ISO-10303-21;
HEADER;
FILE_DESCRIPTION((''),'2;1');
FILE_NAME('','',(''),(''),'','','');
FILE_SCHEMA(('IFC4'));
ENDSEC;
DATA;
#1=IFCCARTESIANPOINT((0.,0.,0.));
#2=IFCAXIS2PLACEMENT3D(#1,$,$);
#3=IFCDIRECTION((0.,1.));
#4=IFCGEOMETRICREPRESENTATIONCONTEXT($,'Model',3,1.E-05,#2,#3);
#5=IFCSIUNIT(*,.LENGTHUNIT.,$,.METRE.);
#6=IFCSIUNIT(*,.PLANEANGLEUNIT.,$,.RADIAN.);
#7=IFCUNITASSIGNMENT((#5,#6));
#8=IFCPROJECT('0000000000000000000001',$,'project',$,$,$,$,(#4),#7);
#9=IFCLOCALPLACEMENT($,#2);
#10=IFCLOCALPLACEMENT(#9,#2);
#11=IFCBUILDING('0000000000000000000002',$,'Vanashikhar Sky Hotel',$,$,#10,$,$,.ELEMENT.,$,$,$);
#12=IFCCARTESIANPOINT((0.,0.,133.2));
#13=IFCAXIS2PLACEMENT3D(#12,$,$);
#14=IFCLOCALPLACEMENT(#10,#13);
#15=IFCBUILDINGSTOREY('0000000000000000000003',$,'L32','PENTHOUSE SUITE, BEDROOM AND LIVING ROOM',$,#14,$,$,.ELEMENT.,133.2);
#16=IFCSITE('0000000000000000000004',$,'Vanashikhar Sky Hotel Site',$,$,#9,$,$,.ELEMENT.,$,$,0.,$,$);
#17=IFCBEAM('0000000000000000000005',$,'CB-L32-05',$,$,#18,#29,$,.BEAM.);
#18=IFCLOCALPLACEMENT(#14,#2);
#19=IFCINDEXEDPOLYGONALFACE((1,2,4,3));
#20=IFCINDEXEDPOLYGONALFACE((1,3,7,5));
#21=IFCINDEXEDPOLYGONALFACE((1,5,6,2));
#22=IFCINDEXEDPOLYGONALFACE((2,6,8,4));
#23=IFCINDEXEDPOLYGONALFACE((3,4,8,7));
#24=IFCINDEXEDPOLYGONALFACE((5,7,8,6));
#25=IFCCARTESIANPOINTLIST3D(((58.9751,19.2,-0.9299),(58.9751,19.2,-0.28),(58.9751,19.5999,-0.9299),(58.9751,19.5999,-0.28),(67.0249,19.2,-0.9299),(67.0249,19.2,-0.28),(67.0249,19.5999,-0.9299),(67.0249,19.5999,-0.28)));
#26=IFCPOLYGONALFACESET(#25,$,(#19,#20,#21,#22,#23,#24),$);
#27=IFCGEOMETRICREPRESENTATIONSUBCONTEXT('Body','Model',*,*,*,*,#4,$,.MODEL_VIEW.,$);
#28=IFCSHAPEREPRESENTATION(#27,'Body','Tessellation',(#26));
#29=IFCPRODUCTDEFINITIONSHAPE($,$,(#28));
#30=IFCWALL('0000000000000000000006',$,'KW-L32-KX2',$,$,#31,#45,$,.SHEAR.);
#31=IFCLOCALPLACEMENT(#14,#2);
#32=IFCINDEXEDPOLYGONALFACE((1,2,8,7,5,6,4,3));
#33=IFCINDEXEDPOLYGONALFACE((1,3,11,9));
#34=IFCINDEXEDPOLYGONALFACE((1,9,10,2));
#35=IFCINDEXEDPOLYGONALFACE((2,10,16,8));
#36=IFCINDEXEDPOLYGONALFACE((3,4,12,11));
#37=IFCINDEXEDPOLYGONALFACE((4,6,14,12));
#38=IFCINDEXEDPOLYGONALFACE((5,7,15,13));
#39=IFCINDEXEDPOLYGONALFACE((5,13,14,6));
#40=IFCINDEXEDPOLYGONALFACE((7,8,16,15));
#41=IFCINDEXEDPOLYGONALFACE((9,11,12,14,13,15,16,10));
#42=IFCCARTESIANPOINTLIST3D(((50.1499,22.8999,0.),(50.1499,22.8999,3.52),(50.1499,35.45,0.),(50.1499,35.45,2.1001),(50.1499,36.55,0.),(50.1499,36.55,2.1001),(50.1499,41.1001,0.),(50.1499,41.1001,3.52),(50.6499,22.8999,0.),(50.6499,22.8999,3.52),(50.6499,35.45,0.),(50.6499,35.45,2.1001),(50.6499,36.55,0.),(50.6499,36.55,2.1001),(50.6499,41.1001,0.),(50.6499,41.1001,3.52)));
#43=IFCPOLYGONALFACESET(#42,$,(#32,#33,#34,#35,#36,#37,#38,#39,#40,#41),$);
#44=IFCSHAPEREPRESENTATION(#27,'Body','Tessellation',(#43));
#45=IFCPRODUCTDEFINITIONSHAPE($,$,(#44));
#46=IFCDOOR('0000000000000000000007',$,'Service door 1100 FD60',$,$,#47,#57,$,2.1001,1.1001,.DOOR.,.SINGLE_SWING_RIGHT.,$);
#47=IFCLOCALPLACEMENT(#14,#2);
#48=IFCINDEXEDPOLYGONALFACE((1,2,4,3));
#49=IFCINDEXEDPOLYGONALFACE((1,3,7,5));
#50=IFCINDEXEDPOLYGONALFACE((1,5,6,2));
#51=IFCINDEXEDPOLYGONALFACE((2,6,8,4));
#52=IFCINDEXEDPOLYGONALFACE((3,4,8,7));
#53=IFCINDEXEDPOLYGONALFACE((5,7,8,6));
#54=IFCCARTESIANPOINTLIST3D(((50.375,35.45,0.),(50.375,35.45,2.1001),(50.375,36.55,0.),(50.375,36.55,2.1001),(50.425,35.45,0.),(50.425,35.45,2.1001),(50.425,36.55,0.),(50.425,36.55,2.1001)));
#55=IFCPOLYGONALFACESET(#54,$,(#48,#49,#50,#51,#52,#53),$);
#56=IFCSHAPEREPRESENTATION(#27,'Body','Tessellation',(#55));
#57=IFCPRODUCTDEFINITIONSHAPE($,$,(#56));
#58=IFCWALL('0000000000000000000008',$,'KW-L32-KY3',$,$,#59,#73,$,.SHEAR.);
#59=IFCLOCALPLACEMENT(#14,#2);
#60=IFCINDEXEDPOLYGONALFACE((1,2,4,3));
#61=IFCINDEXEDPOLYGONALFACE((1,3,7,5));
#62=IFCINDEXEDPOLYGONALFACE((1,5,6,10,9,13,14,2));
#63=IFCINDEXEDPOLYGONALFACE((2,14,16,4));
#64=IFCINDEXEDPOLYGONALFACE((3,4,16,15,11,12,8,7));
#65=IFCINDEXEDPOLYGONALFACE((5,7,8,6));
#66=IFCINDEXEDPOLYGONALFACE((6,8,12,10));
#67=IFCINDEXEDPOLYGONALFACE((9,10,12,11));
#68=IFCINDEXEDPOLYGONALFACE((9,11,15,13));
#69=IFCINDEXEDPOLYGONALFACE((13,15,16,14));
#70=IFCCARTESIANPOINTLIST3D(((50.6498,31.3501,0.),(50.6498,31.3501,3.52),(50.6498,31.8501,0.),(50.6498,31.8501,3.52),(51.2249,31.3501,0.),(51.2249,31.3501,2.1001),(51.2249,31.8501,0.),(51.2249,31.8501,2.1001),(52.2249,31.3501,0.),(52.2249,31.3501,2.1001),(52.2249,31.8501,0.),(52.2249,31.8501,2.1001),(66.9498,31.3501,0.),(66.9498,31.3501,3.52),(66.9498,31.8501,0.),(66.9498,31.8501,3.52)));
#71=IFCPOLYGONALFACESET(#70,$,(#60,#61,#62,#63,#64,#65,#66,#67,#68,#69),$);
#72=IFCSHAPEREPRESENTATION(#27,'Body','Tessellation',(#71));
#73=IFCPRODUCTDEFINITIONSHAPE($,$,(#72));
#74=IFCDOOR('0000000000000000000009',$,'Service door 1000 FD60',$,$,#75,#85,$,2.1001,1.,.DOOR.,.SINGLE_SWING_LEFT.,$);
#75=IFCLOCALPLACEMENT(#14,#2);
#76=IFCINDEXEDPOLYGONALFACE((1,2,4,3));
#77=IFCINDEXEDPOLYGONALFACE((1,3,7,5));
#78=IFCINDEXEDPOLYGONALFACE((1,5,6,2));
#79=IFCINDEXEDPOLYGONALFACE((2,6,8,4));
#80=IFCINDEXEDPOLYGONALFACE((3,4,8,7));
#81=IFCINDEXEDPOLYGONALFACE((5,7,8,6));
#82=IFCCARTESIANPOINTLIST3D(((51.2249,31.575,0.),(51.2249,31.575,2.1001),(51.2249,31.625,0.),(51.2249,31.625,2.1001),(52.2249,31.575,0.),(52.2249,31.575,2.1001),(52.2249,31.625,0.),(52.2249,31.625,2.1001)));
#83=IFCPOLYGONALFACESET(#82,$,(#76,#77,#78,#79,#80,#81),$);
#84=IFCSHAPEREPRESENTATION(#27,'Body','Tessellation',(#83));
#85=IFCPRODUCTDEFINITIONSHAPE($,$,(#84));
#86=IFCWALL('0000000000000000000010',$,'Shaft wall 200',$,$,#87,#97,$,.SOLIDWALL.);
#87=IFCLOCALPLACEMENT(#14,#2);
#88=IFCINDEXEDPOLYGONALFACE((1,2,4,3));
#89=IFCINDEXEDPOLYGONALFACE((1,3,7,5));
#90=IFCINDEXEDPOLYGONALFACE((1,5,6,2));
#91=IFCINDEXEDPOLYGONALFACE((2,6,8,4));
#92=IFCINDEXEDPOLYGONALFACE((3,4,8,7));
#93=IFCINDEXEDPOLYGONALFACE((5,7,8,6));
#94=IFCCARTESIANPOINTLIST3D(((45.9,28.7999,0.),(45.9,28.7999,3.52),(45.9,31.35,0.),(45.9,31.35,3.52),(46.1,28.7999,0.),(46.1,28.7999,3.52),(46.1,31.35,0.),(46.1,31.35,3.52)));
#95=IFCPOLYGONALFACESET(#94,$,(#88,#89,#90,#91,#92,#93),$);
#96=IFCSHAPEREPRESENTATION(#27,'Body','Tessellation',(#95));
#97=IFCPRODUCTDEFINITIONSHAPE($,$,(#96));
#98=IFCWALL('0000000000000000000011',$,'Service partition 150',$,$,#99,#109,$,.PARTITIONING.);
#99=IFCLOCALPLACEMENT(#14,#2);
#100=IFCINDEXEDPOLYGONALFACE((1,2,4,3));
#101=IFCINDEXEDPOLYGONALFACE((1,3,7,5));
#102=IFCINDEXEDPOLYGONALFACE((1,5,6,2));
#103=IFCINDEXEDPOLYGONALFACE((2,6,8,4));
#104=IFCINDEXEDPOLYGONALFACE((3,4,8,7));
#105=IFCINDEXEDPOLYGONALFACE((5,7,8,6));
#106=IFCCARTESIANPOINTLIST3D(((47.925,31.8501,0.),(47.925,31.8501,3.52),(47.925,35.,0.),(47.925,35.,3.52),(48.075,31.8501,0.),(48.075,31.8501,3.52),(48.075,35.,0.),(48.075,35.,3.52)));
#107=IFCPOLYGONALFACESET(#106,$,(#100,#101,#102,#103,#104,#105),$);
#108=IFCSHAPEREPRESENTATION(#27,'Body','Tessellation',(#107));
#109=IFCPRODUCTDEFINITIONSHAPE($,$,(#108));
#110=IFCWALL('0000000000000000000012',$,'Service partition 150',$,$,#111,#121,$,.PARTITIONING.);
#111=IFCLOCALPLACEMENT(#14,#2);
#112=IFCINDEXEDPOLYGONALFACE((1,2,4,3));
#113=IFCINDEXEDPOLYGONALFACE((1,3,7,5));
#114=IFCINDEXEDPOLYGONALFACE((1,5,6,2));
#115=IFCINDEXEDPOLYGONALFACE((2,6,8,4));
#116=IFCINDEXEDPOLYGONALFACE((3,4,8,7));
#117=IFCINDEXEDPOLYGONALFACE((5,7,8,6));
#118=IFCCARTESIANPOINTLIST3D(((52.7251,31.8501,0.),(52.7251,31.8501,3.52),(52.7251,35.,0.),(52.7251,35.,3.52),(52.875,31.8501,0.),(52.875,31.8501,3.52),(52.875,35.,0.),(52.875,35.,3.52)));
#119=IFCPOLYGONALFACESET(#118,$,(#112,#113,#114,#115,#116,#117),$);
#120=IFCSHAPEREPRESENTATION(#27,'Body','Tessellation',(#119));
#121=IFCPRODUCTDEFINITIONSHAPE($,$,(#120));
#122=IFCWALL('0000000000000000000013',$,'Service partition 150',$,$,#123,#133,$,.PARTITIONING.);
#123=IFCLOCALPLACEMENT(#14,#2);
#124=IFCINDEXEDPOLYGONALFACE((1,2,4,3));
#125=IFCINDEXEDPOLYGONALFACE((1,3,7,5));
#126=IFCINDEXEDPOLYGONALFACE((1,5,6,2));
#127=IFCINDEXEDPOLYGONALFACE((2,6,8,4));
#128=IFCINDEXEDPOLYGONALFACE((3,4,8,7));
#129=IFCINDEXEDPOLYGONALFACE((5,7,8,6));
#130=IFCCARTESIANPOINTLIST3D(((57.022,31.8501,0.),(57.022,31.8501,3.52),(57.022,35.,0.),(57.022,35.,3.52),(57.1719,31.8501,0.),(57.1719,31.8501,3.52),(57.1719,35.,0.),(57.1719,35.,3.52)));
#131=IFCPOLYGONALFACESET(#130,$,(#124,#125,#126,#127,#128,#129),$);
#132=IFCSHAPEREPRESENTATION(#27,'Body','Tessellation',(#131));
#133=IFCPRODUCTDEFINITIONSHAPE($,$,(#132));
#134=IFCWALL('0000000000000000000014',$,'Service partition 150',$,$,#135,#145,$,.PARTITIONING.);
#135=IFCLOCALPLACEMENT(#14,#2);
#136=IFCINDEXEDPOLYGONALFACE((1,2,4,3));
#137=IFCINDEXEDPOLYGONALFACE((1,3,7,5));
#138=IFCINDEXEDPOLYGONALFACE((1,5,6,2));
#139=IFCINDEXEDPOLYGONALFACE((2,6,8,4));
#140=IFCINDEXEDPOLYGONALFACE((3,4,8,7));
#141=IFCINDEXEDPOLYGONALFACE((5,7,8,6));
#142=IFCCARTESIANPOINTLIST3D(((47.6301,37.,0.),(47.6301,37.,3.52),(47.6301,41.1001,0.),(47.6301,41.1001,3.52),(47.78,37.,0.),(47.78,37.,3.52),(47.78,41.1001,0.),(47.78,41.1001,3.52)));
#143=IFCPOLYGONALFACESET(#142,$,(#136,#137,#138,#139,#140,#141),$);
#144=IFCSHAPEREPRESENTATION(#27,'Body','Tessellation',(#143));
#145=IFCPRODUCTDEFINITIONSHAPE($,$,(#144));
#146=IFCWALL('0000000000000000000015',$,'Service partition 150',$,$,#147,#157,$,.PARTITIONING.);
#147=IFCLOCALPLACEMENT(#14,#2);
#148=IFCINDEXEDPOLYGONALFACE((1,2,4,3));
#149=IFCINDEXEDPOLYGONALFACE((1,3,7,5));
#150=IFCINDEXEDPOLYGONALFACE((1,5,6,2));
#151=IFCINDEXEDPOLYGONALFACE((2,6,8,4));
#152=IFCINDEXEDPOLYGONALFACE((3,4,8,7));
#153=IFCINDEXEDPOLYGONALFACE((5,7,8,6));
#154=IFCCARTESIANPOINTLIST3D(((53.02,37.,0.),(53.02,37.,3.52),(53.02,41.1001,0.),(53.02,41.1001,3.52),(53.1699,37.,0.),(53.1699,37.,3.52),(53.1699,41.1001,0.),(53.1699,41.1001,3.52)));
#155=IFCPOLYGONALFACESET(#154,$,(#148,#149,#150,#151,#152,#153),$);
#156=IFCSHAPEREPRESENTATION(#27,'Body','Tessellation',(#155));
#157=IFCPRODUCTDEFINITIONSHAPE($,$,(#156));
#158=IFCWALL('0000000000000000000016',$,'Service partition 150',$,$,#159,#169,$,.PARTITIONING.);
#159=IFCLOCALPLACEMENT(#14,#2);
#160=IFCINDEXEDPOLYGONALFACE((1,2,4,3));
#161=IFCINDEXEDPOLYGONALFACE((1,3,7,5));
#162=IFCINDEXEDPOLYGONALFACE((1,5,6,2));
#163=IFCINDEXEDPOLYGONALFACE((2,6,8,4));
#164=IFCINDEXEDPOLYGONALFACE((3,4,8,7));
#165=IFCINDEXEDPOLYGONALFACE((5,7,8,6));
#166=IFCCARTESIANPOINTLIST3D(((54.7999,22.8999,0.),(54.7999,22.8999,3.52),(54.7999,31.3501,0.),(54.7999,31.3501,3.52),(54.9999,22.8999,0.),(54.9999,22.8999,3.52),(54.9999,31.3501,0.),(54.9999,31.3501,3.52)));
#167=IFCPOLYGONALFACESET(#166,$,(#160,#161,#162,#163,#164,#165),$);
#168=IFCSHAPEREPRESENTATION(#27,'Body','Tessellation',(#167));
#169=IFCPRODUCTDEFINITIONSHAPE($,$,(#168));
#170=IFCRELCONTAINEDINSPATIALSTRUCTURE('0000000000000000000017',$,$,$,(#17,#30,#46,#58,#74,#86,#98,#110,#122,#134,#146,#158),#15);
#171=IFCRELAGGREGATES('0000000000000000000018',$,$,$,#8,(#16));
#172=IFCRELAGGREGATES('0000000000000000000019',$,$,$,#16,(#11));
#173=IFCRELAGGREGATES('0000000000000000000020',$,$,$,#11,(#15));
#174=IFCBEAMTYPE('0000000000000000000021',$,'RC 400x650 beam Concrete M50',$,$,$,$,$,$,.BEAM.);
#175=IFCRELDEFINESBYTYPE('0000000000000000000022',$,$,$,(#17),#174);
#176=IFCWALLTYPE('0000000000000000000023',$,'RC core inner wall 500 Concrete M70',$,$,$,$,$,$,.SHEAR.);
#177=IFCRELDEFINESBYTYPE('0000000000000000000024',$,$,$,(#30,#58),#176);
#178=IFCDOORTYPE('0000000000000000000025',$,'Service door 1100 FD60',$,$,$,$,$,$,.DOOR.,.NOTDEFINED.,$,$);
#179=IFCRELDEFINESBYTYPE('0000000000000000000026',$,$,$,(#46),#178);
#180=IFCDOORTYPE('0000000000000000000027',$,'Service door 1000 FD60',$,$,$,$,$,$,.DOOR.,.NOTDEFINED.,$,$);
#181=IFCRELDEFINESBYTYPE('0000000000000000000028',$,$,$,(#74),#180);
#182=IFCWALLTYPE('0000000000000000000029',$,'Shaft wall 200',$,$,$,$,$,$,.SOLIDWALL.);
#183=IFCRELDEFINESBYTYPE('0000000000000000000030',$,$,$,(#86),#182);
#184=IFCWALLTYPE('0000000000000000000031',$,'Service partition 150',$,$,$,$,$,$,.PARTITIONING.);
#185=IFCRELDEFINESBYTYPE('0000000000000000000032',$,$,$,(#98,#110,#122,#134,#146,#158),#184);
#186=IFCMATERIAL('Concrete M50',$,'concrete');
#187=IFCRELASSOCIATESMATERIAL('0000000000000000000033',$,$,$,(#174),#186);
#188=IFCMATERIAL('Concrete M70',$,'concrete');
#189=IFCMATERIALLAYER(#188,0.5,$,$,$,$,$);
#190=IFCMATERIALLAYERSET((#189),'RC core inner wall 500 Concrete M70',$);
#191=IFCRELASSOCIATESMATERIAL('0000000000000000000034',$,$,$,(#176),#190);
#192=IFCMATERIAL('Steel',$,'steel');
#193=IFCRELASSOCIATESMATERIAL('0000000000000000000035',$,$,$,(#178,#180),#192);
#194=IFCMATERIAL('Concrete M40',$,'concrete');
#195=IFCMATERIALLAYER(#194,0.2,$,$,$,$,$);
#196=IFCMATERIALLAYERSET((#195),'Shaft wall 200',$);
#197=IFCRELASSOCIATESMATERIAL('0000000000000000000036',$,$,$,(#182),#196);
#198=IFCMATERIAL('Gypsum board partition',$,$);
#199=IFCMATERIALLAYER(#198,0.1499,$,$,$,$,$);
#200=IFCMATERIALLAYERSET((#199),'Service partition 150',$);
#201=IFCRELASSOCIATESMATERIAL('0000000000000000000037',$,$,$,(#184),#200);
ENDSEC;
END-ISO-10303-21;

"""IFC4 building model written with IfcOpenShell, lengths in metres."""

from ifc_helpers import new_model, si_unit, direction, frame, frame_2d, origin, origin_2d, place, context, subcontext, project, spatial, rectangle, extrude, source, transform, mapped, material, layer, layer_set, material_profile, profile_set, type_object, element, fill, save


model = new_model("IFC4")

# Units and contexts
model_context = context("Model", 3, precision=1e-05, world=origin(), true_north=direction((0.0, 1.0)))
body_context = subcontext(model_context, "Body", "Model", "MODEL_VIEW")
ifc_project = project(units=[si_unit("LENGTHUNIT", "METRE"), si_unit("PLANEANGLEUNIT", "RADIAN")], contexts=[model_context])

# Site, building, storey
site_placement = place(None, origin())
site = spatial("IfcSite", under=ifc_project, at=site_placement, Name="Vanashikhar Sky Hotel Site", CompositionType="ELEMENT", RefElevation=0.0)
building_placement = place(site_placement, origin())
building = spatial("IfcBuilding", under=site, at=building_placement, Name="Vanashikhar Sky Hotel", CompositionType="ELEMENT")
storey_placement = place(building_placement, frame((0.0, 0.0, 133.2)))
storey = spatial("IfcBuildingStorey", under=building, at=storey_placement, Name="L32", Description="PENTHOUSE SUITE, BEDROOM AND LIVING ROOM", CompositionType="ELEMENT", Elevation=133.2)

# Beam
ifc_material_1 = material(Name="Concrete M50", Category="concrete")
ifc_material_profile = material_profile(ifc_material_1, rectangle(XDim=0.3999, YDim=0.6499, at=origin_2d()))
ifc_profile_set = profile_set([ifc_material_profile], Name="RC 400x650 beam Concrete M50")
beam_type = type_object("IfcBeamType", Name="RC 400x650 beam Concrete M50", PredefinedType="BEAM", material=ifc_profile_set)
shared_shape_1 = source(origin(), body_context, "Body", "SweptSolid", [
    extrude(rectangle(XDim=0.3999, YDim=0.6499, at=origin_2d()), origin(), (0.0, 0.0, 1.0), 8.0498),
])
beam_placement = place(storey_placement, frame((58.9751, 19.3999, -0.605), z_axis=(1.0, 0.0, 0.0), x_axis=(0.0, 1.0, 0.0)))
element("IfcBeam", 1, at=beam_placement, inside=storey, type_object=beam_type, Name="CB-L32-05", PredefinedType="BEAM", context=body_context, shape_type="MappedRepresentation", body=[
    mapped(shared_shape_1, transform((0.0, 0.0, 0.0), scale=1.0)),
])

# Walls, openings, doors
ifc_material_2 = material(Name="Concrete M70", Category="concrete")
ifc_layer_1 = layer(ifc_material_2, 0.5)
ifc_layer_set_1 = layer_set([ifc_layer_1], Name="RC core inner wall 500 Concrete M70")
wall_type_1 = type_object("IfcWallType", Name="RC core inner wall 500 Concrete M70", PredefinedType="SHEAR", material=ifc_layer_set_1)
shared_shape_2 = source(origin(), body_context, "Body", "SweptSolid", [
    extrude(rectangle(XDim=18.2002, YDim=0.5, at=frame_2d((9.1001, 0.0))), origin(), (0.0, 0.0, 1.0), 3.52),
])
wall_1_placement = place(storey_placement, frame((50.3999, 22.8999, 0.0), z_axis=(0.0, 0.0, 1.0), x_axis=(0.0, 1.0, 0.0)))
wall_1 = element("IfcWall", 2, at=wall_1_placement, inside=storey, type_object=wall_type_1, Name="KW-L32-KX2", PredefinedType="SHEAR", context=body_context, shape_type="MappedRepresentation", body=[
    mapped(shared_shape_2, transform((0.0, 0.0, 0.0), scale=1.0)),
])
shared_shape_3 = source(origin(), body_context, "Body", "SweptSolid", [
    extrude(rectangle(XDim=1.1001, YDim=2.1001, at=frame_2d((0.55, 1.05))), frame((0.0, 0.26, 0.0), z_axis=(0.0, -1.0, 0.0), x_axis=(1.0, 0.0, 0.0)), (0.0, 0.0, 1.0), 0.52),
])
opening_1_placement = place(wall_1_placement, frame((12.55, 0.0, 0.0)))
opening_1 = element("IfcOpeningElement", 3, at=opening_1_placement, cuts=wall_1, PredefinedType="OPENING", context=body_context, shape_type="MappedRepresentation", body=[
    mapped(shared_shape_3, transform((0.0, 0.0, 0.0), scale=1.0)),
])
ifc_material_3 = material(Name="Steel", Category="steel")
door_type_1 = type_object("IfcDoorType", Name="Service door 1100 FD60", OperationType="NOTDEFINED", PredefinedType="DOOR", material=ifc_material_3)
shared_shape_4 = source(origin(), body_context, "Body", "SweptSolid", [
    extrude(rectangle(XDim=1.1001, YDim=2.1001, at=frame_2d((0.55, 1.05))), frame((0.0, 0.0249, 0.0), z_axis=(0.0, -1.0, 0.0), x_axis=(1.0, 0.0, 0.0)), (0.0, 0.0, 1.0), 0.05),
])
door_1_placement = place(opening_1_placement, origin())
door_1 = element("IfcDoor", 4, at=door_1_placement, inside=storey, type_object=door_type_1, Name="Service door 1100 FD60", OperationType="SINGLE_SWING_RIGHT", OverallHeight=2.1001, OverallWidth=1.1001, PredefinedType="DOOR", context=body_context, shape_type="MappedRepresentation", body=[
    mapped(shared_shape_4, transform((0.0, 0.0, 0.0), scale=1.0)),
])
fill(opening_1, door_1)
shared_shape_5 = source(origin(), body_context, "Body", "SweptSolid", [
    extrude(rectangle(XDim=16.3, YDim=0.5, at=frame_2d((8.1499, 0.0))), origin(), (0.0, 0.0, 1.0), 3.52),
])
wall_2_placement = place(storey_placement, frame((50.6499, 31.6001, 0.0), z_axis=(0.0, 0.0, 1.0), x_axis=(1.0, 0.0, 0.0)))
wall_2 = element("IfcWall", 5, at=wall_2_placement, inside=storey, type_object=wall_type_1, Name="KW-L32-KY3", PredefinedType="SHEAR", context=body_context, shape_type="MappedRepresentation", body=[
    mapped(shared_shape_5, transform((0.0, 0.0, 0.0), scale=1.0)),
])
shared_shape_6 = source(origin(), body_context, "Body", "SweptSolid", [
    extrude(rectangle(XDim=1.0, YDim=2.1001, at=frame_2d((0.5, 1.05))), frame((0.0, 0.26, 0.0), z_axis=(0.0, -1.0, 0.0), x_axis=(1.0, 0.0, 0.0)), (0.0, 0.0, 1.0), 0.52),
])
opening_2_placement = place(wall_2_placement, frame((0.575, 0.0, 0.0)))
opening_2 = element("IfcOpeningElement", 6, at=opening_2_placement, cuts=wall_2, PredefinedType="OPENING", context=body_context, shape_type="MappedRepresentation", body=[
    mapped(shared_shape_6, transform((0.0, 0.0, 0.0), scale=1.0)),
])
door_type_2 = type_object("IfcDoorType", Name="Service door 1000 FD60", OperationType="NOTDEFINED", PredefinedType="DOOR", material=ifc_material_3)
shared_shape_7 = source(origin(), body_context, "Body", "SweptSolid", [
    extrude(rectangle(XDim=1.0, YDim=2.1001, at=frame_2d((0.5, 1.05))), frame((0.0, 0.0249, 0.0), z_axis=(0.0, -1.0, 0.0), x_axis=(1.0, 0.0, 0.0)), (0.0, 0.0, 1.0), 0.05),
])
door_2_placement = place(opening_2_placement, origin())
door_2 = element("IfcDoor", 7, at=door_2_placement, inside=storey, type_object=door_type_2, Name="Service door 1000 FD60", OperationType="SINGLE_SWING_LEFT", OverallHeight=2.1001, OverallWidth=1.0, PredefinedType="DOOR", context=body_context, shape_type="MappedRepresentation", body=[
    mapped(shared_shape_7, transform((0.0, 0.0, 0.0), scale=1.0)),
])
fill(opening_2, door_2)

# Walls
ifc_material_4 = material(Name="Concrete M40", Category="concrete")
ifc_layer_2 = layer(ifc_material_4, 0.2)
ifc_layer_set_2 = layer_set([ifc_layer_2], Name="Shaft wall 200")
wall_type_2 = type_object("IfcWallType", Name="Shaft wall 200", PredefinedType="SOLIDWALL", material=ifc_layer_set_2)
shared_shape_8 = source(origin(), body_context, "Body", "SweptSolid", [
    extrude(rectangle(XDim=2.55, YDim=0.2, at=frame_2d((1.2749, 0.0))), origin(), (0.0, 0.0, 1.0), 3.52),
])
wall_3_placement = place(storey_placement, frame((46.0, 28.8, 0.0), z_axis=(0.0, 0.0, 1.0), x_axis=(0.0, 1.0, 0.0)))
element("IfcWall", 8, at=wall_3_placement, inside=storey, type_object=wall_type_2, Name="Shaft wall 200", PredefinedType="SOLIDWALL", context=body_context, shape_type="MappedRepresentation", body=[
    mapped(shared_shape_8, transform((0.0, 0.0, 0.0), scale=1.0)),
])
ifc_material_5 = material(Name="Gypsum board partition")
ifc_layer_3 = layer(ifc_material_5, 0.1499)
ifc_layer_set_3 = layer_set([ifc_layer_3], Name="Service partition 150")
wall_type_3 = type_object("IfcWallType", Name="Service partition 150", PredefinedType="PARTITIONING", material=ifc_layer_set_3)
shared_shape_9 = source(origin(), body_context, "Body", "SweptSolid", [
    extrude(rectangle(XDim=3.1499, YDim=0.1499, at=frame_2d((1.575, 0.0))), origin(), (0.0, 0.0, 1.0), 3.52),
])
for number, where, z_axis, x_axis, name in (
    (9, (48.0, 31.8501, 0.0), (0.0, 0.0, 1.0), (0.0, 1.0, 0.0), "Service partition 150"),
    (10, (52.8, 31.8501, 0.0), (0.0, 0.0, 1.0), (0.0, 1.0, 0.0), "Service partition 150"),
    (11, (57.0969, 31.8501, 0.0), (0.0, 0.0, 1.0), (0.0, 1.0, 0.0), "Service partition 150"),
):
    element("IfcWall", number, at=place(storey_placement, frame(where, z_axis=z_axis, x_axis=x_axis)), inside=storey, type_object=wall_type_3, Name=name, PredefinedType="PARTITIONING", context=body_context, shape_type="MappedRepresentation", body=[
        mapped(shared_shape_9, transform((0.0, 0.0, 0.0), scale=1.0)),
    ])
shared_shape_10 = source(origin(), body_context, "Body", "SweptSolid", [
    extrude(rectangle(XDim=4.1001, YDim=0.1499, at=frame_2d((2.05, 0.0))), origin(), (0.0, 0.0, 1.0), 3.52),
])
for number, where, z_axis, x_axis, name in (
    (12, (47.7051, 37.0, 0.0), (0.0, 0.0, 1.0), (0.0, 1.0, 0.0), "Service partition 150"),
    (13, (53.095, 37.0, 0.0), (0.0, 0.0, 1.0), (0.0, 1.0, 0.0), "Service partition 150"),
):
    element("IfcWall", number, at=place(storey_placement, frame(where, z_axis=z_axis, x_axis=x_axis)), inside=storey, type_object=wall_type_3, Name=name, PredefinedType="PARTITIONING", context=body_context, shape_type="MappedRepresentation", body=[
        mapped(shared_shape_10, transform((0.0, 0.0, 0.0), scale=1.0)),
    ])
shared_shape_11 = source(origin(), body_context, "Body", "SweptSolid", [
    extrude(rectangle(XDim=8.4502, YDim=0.2, at=frame_2d((4.2251, 0.0))), origin(), (0.0, 0.0, 1.0), 3.52),
])
wall_4_placement = place(storey_placement, frame((54.8999, 22.8999, 0.0), z_axis=(0.0, 0.0, 1.0), x_axis=(0.0, 1.0, 0.0)))
element("IfcWall", 14, at=wall_4_placement, inside=storey, type_object=wall_type_3, Name="Service partition 150", PredefinedType="PARTITIONING", context=body_context, shape_type="MappedRepresentation", body=[
    mapped(shared_shape_11, transform((0.0, 0.0, 0.0), scale=1.0)),
])

save(model, "model.ifc")
